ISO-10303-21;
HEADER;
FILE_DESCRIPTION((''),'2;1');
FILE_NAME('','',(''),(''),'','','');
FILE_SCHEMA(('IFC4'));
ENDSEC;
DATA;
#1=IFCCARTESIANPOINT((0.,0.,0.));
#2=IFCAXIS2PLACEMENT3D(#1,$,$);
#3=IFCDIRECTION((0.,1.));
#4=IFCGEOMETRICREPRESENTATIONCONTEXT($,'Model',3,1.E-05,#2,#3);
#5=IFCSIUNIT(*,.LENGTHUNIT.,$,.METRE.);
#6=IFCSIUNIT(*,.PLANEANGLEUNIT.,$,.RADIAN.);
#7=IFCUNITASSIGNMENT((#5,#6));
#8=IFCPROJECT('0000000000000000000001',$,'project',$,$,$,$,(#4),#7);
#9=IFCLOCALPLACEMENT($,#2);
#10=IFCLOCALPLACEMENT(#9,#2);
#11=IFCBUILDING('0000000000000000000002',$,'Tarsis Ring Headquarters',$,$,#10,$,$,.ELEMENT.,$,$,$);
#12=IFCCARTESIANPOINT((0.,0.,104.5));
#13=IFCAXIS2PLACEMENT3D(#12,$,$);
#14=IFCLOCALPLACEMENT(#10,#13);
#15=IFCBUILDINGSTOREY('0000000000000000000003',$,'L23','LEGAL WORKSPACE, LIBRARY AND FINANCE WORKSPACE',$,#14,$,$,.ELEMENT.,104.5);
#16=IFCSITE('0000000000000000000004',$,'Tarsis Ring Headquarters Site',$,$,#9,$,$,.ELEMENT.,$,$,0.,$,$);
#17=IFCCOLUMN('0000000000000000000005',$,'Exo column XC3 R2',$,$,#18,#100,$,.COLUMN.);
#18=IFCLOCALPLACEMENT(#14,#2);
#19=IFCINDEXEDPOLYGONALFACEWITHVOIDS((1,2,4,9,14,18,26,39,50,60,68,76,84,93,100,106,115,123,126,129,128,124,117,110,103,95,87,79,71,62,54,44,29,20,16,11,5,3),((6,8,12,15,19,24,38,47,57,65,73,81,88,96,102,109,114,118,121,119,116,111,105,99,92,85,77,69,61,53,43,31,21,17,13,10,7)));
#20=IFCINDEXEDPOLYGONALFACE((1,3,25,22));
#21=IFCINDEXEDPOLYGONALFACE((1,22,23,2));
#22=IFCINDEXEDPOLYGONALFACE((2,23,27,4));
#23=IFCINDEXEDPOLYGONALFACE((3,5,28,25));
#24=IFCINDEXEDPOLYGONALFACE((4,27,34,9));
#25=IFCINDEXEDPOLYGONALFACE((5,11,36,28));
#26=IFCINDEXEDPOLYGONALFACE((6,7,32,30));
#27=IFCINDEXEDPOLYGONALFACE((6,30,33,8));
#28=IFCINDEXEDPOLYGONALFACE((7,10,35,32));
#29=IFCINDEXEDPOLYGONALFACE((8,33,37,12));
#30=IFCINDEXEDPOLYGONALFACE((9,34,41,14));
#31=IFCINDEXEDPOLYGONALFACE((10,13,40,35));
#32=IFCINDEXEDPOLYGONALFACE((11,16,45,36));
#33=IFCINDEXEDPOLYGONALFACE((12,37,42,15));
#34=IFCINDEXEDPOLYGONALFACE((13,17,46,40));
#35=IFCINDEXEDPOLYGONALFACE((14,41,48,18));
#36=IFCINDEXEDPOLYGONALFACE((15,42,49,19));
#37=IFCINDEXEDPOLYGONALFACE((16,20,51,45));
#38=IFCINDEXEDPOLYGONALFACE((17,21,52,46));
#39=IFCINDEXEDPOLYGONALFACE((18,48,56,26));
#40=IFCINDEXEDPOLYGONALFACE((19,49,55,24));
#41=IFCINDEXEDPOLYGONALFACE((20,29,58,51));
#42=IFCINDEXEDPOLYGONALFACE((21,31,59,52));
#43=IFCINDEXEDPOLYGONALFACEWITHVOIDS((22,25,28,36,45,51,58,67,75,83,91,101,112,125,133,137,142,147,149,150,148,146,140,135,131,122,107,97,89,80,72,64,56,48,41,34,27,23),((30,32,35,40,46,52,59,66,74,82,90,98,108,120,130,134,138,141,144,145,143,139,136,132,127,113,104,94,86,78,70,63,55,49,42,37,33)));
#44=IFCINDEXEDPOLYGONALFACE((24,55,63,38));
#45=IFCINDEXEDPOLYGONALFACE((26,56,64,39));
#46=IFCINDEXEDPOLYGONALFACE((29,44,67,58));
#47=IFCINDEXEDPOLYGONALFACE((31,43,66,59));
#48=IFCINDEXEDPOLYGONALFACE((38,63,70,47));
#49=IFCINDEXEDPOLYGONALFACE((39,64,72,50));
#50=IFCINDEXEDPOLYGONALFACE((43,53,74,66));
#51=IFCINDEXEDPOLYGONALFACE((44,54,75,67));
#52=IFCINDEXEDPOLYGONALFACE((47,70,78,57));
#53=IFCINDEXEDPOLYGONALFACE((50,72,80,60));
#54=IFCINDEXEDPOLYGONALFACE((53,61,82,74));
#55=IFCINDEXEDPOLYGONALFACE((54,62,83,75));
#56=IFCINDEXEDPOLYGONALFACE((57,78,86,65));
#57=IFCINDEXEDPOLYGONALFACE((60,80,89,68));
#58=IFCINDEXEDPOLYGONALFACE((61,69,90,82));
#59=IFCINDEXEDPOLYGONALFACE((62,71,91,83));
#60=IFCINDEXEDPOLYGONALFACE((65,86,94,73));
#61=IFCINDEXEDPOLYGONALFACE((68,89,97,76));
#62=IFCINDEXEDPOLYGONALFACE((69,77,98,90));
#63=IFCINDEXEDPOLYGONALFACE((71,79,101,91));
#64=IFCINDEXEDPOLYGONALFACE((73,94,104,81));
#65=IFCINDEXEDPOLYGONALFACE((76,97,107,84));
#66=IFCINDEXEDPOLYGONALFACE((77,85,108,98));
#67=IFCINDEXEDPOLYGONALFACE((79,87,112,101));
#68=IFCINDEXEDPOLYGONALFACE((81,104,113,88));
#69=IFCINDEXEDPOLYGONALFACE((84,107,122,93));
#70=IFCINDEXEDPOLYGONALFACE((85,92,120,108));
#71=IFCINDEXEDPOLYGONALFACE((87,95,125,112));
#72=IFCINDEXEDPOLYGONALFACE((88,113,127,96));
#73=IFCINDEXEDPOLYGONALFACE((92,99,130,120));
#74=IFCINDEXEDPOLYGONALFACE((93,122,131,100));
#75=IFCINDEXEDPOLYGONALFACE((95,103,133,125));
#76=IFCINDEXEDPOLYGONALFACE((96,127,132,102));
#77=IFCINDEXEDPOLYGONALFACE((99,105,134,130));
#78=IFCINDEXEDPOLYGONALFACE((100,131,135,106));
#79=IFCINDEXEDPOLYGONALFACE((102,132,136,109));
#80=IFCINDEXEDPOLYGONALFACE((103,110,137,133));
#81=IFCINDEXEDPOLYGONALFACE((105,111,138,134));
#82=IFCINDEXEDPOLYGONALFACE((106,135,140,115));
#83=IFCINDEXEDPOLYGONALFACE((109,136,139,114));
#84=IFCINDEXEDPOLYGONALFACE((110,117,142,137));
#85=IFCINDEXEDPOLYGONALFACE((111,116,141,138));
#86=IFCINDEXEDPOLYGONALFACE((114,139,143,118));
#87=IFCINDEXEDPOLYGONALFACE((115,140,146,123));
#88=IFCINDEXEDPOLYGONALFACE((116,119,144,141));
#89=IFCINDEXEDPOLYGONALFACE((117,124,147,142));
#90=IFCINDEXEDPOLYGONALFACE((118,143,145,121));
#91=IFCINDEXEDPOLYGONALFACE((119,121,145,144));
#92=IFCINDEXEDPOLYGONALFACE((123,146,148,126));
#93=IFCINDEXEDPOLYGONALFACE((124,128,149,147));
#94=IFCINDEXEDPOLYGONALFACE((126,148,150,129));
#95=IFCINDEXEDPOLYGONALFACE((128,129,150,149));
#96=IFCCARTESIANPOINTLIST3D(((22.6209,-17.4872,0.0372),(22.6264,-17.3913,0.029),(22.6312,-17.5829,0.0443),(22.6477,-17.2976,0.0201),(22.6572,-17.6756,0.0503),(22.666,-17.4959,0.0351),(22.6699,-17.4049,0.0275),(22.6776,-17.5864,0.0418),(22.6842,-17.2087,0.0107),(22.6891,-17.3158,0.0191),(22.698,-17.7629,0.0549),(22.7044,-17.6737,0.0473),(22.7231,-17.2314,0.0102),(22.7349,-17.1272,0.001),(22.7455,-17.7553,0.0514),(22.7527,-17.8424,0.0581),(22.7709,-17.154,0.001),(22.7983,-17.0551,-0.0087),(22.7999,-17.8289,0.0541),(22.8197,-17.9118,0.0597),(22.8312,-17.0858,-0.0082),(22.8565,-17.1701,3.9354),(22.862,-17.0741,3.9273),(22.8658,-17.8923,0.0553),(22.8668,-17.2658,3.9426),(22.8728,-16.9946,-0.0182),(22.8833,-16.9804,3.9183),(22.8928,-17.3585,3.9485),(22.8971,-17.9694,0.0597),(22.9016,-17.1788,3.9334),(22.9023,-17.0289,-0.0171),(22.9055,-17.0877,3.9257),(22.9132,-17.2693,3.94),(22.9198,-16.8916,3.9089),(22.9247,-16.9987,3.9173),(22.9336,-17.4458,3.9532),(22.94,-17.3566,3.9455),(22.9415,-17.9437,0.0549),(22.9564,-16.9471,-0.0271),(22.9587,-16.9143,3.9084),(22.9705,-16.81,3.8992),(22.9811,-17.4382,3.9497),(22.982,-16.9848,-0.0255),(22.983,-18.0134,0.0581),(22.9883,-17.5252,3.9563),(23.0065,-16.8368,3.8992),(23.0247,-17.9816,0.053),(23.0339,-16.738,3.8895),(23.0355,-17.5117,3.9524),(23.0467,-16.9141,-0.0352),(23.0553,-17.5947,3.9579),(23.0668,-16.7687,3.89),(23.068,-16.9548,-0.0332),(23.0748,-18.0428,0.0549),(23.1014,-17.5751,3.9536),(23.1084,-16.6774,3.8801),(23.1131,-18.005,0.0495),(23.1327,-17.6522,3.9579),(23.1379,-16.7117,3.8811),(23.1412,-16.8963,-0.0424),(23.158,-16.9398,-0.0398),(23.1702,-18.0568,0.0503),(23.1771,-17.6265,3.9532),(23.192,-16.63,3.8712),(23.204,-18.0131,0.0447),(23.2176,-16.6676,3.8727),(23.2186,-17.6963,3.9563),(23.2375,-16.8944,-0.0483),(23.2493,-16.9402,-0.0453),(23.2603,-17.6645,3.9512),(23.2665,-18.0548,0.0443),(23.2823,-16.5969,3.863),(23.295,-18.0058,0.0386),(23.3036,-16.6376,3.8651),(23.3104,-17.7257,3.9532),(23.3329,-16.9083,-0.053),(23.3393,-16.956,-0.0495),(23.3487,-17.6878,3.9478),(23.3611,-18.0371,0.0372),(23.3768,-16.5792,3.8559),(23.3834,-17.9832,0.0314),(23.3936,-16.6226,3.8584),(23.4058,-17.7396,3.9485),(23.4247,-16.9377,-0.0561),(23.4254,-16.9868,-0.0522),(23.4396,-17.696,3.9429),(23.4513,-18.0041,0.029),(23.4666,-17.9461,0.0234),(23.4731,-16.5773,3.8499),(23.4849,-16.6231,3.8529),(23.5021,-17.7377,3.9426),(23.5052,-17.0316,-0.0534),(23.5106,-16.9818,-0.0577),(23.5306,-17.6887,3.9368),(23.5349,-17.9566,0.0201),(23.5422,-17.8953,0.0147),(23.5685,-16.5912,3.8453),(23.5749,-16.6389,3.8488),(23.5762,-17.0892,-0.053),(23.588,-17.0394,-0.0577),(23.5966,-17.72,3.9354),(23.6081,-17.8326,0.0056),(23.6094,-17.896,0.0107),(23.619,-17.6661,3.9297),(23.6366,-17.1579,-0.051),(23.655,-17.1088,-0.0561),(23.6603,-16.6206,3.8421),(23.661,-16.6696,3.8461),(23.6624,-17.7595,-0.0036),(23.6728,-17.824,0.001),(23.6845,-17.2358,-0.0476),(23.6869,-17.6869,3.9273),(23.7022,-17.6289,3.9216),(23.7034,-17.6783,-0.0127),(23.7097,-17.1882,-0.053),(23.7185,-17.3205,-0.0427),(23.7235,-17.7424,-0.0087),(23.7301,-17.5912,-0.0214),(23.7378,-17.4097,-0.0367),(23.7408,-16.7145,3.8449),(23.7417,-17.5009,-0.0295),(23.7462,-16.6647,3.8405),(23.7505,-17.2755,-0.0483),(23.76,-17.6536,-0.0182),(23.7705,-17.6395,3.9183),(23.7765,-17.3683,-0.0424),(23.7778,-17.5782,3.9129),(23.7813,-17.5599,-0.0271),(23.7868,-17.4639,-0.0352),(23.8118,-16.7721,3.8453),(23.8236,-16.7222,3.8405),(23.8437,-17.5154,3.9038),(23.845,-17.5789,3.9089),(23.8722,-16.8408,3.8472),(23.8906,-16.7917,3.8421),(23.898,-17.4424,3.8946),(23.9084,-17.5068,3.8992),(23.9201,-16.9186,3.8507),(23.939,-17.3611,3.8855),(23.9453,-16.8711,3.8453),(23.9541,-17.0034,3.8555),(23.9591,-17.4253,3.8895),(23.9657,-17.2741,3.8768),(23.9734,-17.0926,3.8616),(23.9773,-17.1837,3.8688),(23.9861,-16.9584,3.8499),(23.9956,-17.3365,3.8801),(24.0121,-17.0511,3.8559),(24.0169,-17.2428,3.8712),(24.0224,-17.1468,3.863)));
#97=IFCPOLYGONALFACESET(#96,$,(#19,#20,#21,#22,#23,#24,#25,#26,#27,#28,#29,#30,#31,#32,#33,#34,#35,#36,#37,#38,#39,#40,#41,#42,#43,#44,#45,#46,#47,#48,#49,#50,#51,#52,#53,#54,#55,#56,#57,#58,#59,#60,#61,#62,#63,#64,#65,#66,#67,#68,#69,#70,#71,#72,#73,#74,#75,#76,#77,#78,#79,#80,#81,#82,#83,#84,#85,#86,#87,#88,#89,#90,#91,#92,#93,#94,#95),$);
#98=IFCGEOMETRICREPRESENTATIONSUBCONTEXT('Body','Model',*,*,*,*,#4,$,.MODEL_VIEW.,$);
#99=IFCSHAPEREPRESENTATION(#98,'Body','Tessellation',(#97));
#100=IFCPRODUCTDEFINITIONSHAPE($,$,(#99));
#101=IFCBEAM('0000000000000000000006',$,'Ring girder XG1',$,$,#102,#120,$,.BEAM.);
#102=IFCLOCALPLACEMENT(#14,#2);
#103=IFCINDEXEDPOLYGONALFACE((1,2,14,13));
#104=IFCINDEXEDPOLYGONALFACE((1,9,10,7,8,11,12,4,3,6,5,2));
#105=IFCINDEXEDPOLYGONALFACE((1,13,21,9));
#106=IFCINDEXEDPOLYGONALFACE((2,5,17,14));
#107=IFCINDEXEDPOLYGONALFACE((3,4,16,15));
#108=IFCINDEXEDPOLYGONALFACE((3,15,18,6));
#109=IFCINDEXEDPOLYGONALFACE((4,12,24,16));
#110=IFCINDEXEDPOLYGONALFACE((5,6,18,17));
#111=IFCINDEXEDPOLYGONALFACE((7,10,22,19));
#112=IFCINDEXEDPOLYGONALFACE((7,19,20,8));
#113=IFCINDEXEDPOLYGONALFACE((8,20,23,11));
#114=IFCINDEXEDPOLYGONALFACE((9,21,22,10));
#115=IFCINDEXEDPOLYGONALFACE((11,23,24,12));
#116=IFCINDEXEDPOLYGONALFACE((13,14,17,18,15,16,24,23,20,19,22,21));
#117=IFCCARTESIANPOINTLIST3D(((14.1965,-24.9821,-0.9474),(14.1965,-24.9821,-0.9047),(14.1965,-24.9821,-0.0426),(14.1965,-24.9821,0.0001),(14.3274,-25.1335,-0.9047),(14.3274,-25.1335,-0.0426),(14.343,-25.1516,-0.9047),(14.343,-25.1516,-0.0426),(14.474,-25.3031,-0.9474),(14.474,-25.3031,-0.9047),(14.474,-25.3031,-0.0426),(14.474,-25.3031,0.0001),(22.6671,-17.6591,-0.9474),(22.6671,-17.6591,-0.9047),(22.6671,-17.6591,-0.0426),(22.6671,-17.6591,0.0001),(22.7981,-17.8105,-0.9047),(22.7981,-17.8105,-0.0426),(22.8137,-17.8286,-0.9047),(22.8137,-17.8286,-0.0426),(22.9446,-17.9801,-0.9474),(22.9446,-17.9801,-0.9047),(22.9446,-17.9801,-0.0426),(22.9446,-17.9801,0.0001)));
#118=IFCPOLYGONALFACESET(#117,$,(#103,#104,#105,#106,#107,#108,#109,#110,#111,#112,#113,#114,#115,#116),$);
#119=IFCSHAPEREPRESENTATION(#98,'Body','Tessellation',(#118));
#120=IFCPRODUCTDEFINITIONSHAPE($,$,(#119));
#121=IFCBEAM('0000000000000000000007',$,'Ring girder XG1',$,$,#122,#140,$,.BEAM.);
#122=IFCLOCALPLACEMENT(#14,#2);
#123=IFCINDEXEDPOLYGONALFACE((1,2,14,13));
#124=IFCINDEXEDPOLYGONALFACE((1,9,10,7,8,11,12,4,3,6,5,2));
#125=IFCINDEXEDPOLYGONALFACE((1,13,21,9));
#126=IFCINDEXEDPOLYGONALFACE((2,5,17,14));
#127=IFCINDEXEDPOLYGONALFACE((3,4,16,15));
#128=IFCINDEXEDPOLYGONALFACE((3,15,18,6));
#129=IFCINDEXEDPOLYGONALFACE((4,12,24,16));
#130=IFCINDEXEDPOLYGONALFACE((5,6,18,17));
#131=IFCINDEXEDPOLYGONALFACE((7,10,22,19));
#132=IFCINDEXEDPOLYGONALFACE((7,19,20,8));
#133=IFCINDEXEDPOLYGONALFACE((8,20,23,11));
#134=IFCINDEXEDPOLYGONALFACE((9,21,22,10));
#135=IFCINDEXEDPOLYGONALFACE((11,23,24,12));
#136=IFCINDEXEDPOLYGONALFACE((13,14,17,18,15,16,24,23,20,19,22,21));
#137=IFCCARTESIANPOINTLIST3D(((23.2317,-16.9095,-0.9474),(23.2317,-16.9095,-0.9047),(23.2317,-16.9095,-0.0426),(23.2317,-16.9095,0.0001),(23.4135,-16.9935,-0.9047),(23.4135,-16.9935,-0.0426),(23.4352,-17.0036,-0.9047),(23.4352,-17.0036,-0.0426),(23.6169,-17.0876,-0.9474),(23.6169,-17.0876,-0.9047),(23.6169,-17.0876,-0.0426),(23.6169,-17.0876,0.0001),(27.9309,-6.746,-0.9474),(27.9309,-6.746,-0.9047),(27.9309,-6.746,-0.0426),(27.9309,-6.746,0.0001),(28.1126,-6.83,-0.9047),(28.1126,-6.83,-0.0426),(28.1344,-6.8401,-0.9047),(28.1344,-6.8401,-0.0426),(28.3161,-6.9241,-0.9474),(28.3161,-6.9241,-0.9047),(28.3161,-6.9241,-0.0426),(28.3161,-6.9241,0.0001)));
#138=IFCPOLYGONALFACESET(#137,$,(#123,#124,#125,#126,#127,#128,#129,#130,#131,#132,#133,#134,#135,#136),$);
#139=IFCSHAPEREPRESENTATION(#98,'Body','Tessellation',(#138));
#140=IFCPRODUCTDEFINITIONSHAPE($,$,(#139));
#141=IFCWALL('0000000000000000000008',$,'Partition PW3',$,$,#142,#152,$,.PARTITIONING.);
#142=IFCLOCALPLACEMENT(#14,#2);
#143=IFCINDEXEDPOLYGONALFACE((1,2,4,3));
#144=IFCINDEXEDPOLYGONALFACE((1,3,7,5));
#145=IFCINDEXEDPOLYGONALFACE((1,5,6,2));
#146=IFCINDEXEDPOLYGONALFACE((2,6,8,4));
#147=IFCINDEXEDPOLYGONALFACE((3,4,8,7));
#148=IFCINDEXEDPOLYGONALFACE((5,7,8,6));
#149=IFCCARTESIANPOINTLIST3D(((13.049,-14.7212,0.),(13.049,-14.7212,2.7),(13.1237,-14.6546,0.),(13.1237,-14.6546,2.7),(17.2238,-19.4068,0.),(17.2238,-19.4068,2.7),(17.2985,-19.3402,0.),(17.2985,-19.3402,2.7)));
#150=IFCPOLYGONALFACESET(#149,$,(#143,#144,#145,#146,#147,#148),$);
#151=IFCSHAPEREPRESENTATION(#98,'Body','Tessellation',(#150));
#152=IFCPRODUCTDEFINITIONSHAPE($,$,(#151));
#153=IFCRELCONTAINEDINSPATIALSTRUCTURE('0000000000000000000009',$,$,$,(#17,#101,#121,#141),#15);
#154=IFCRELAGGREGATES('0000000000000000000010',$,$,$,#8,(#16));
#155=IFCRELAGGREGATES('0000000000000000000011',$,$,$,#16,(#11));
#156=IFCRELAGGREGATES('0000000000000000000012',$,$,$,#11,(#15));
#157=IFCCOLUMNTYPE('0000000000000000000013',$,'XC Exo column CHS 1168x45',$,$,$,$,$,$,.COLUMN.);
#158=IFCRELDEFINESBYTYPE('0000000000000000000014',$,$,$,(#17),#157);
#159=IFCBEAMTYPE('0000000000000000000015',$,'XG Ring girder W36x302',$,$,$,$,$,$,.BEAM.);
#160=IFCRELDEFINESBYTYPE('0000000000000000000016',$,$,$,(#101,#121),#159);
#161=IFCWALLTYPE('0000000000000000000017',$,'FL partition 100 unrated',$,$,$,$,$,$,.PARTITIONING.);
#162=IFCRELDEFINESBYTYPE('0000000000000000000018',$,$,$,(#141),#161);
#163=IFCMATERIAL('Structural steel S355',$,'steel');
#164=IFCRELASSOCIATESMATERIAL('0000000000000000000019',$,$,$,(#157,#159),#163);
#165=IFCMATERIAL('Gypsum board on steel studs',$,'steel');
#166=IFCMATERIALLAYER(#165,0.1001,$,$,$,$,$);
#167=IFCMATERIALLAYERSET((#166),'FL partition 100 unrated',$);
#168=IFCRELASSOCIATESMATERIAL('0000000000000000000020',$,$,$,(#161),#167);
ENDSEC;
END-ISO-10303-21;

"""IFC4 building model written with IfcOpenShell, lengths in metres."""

from ifc_helpers import new_model, si_unit, direction, frame, frame_2d, origin, origin_2d, place, context, subcontext, project, spatial, rectangle, hollow_circle, i_section, extrude, material, layer, layer_set, material_profile, profile_set, type_object, element, save


model = new_model("IFC4")

# Units and contexts
model_context = context("Model", 3, precision=1e-05, world=origin(), true_north=direction((0.0, 1.0)))
body_context = subcontext(model_context, "Body", "Model", "MODEL_VIEW")
ifc_project = project(units=[si_unit("LENGTHUNIT", "METRE"), si_unit("PLANEANGLEUNIT", "RADIAN")], contexts=[model_context])

# Site, building, storey
site_placement = place(None, origin())
site = spatial("IfcSite", under=ifc_project, at=site_placement, Name="Tarsis Ring Headquarters Site", CompositionType="ELEMENT", RefElevation=0.0)
building_placement = place(site_placement, origin())
building = spatial("IfcBuilding", under=site, at=building_placement, Name="Tarsis Ring Headquarters", CompositionType="ELEMENT")
storey_placement = place(building_placement, frame((0.0, 0.0, 104.5)))
storey = spatial("IfcBuildingStorey", under=building, at=storey_placement, Name="L23", Description="LEGAL WORKSPACE, LIBRARY AND FINANCE WORKSPACE", CompositionType="ELEMENT", Elevation=104.5)

# Column
ifc_material_1 = material(Name="Structural steel S355", Category="steel")
ifc_material_profile_1 = material_profile(ifc_material_1, hollow_circle(Radius=0.5842, WallThickness=0.0449, at=origin_2d()), Name="CHS 1168x45")
ifc_profile_set_1 = profile_set([ifc_material_profile_1], Name="Structural steel S355")
column_type = type_object("IfcColumnType", Name="XC Exo column CHS 1168x45", PredefinedType="COLUMN", material=ifc_profile_set_1)
column_placement = place(storey_placement, frame((23.2039, -17.4756, 0.001), z_axis=(0.060129, 0.080941, 0.994904), x_axis=(-0.802735, 0.596335, 0.0)))
element("IfcColumn", 1, at=column_placement, inside=storey, type_object=column_type, Name="Exo column XC3 R2", PredefinedType="COLUMN", context=body_context, shape_type="SweptSolid", body=[
    extrude(hollow_circle(Radius=0.5842, WallThickness=0.0449, at=origin_2d()), origin(), (0.0, 0.0, 1.0), 3.9182),
])

# Beams
ifc_material_profile_2 = material_profile(ifc_material_1, i_section(OverallWidth=0.4243, OverallDepth=0.9475, WebThickness=0.0239, FlangeThickness=0.0427, at=origin_2d()), Name="W36x302")
ifc_profile_set_2 = profile_set([ifc_material_profile_2], Name="Structural steel S355")
beam_type = type_object("IfcBeamType", Name="XG Ring girder W36x302", PredefinedType="BEAM", material=ifc_profile_set_2)
for number, where, z_axis, x_axis, name in (
    (2, (14.3352, -25.1426, -0.4736), (0.756496, 0.653998, 0.0), (-0.653998, 0.756496, 0.0), "Ring girder XG1"),
    (3, (23.4243, -16.9985, -0.4736), (0.419672, 0.907676, 0.0), (-0.907676, 0.419672, 0.0), "Ring girder XG1"),
):
    element("IfcBeam", number, at=place(storey_placement, frame(where, z_axis=z_axis, x_axis=x_axis)), inside=storey, type_object=beam_type, Name=name, PredefinedType="BEAM", context=body_context, shape_type="SweptSolid", body=[
        extrude(i_section(OverallWidth=0.4243, OverallDepth=0.9475, WebThickness=0.0239, FlangeThickness=0.0427, at=origin_2d()), origin(), (0.0, 0.0, 1.0), 11.1973),
    ])

# Wall
ifc_material_2 = material(Name="Gypsum board on steel studs", Category="steel")
ifc_layer_1 = layer(ifc_material_2, 0.1001)
ifc_layer_set_1 = layer_set([ifc_layer_1], Name="FL partition 100 unrated")
wall_type_1 = type_object("IfcWallType", Name="FL partition 100 unrated", PredefinedType="PARTITIONING", material=ifc_layer_set_1)
wall_1_placement = place(storey_placement, frame((13.0864, -14.688, 0.0), z_axis=(0.0, 0.0, 1.0), x_axis=(0.665242, -0.746628, 0.0)))
element("IfcWall", 4, at=wall_1_placement, inside=storey, type_object=wall_type_1, Name="Partition PW3", PredefinedType="PARTITIONING", context=body_context, shape_type="SweptSolid", body=[
    extrude(rectangle(XDim=6.2756, YDim=0.1001, at=frame_2d((3.1377, 0.0))), origin(), (0.0, 0.0, 1.0), 2.7),
])

save(model, "model.ifc")
